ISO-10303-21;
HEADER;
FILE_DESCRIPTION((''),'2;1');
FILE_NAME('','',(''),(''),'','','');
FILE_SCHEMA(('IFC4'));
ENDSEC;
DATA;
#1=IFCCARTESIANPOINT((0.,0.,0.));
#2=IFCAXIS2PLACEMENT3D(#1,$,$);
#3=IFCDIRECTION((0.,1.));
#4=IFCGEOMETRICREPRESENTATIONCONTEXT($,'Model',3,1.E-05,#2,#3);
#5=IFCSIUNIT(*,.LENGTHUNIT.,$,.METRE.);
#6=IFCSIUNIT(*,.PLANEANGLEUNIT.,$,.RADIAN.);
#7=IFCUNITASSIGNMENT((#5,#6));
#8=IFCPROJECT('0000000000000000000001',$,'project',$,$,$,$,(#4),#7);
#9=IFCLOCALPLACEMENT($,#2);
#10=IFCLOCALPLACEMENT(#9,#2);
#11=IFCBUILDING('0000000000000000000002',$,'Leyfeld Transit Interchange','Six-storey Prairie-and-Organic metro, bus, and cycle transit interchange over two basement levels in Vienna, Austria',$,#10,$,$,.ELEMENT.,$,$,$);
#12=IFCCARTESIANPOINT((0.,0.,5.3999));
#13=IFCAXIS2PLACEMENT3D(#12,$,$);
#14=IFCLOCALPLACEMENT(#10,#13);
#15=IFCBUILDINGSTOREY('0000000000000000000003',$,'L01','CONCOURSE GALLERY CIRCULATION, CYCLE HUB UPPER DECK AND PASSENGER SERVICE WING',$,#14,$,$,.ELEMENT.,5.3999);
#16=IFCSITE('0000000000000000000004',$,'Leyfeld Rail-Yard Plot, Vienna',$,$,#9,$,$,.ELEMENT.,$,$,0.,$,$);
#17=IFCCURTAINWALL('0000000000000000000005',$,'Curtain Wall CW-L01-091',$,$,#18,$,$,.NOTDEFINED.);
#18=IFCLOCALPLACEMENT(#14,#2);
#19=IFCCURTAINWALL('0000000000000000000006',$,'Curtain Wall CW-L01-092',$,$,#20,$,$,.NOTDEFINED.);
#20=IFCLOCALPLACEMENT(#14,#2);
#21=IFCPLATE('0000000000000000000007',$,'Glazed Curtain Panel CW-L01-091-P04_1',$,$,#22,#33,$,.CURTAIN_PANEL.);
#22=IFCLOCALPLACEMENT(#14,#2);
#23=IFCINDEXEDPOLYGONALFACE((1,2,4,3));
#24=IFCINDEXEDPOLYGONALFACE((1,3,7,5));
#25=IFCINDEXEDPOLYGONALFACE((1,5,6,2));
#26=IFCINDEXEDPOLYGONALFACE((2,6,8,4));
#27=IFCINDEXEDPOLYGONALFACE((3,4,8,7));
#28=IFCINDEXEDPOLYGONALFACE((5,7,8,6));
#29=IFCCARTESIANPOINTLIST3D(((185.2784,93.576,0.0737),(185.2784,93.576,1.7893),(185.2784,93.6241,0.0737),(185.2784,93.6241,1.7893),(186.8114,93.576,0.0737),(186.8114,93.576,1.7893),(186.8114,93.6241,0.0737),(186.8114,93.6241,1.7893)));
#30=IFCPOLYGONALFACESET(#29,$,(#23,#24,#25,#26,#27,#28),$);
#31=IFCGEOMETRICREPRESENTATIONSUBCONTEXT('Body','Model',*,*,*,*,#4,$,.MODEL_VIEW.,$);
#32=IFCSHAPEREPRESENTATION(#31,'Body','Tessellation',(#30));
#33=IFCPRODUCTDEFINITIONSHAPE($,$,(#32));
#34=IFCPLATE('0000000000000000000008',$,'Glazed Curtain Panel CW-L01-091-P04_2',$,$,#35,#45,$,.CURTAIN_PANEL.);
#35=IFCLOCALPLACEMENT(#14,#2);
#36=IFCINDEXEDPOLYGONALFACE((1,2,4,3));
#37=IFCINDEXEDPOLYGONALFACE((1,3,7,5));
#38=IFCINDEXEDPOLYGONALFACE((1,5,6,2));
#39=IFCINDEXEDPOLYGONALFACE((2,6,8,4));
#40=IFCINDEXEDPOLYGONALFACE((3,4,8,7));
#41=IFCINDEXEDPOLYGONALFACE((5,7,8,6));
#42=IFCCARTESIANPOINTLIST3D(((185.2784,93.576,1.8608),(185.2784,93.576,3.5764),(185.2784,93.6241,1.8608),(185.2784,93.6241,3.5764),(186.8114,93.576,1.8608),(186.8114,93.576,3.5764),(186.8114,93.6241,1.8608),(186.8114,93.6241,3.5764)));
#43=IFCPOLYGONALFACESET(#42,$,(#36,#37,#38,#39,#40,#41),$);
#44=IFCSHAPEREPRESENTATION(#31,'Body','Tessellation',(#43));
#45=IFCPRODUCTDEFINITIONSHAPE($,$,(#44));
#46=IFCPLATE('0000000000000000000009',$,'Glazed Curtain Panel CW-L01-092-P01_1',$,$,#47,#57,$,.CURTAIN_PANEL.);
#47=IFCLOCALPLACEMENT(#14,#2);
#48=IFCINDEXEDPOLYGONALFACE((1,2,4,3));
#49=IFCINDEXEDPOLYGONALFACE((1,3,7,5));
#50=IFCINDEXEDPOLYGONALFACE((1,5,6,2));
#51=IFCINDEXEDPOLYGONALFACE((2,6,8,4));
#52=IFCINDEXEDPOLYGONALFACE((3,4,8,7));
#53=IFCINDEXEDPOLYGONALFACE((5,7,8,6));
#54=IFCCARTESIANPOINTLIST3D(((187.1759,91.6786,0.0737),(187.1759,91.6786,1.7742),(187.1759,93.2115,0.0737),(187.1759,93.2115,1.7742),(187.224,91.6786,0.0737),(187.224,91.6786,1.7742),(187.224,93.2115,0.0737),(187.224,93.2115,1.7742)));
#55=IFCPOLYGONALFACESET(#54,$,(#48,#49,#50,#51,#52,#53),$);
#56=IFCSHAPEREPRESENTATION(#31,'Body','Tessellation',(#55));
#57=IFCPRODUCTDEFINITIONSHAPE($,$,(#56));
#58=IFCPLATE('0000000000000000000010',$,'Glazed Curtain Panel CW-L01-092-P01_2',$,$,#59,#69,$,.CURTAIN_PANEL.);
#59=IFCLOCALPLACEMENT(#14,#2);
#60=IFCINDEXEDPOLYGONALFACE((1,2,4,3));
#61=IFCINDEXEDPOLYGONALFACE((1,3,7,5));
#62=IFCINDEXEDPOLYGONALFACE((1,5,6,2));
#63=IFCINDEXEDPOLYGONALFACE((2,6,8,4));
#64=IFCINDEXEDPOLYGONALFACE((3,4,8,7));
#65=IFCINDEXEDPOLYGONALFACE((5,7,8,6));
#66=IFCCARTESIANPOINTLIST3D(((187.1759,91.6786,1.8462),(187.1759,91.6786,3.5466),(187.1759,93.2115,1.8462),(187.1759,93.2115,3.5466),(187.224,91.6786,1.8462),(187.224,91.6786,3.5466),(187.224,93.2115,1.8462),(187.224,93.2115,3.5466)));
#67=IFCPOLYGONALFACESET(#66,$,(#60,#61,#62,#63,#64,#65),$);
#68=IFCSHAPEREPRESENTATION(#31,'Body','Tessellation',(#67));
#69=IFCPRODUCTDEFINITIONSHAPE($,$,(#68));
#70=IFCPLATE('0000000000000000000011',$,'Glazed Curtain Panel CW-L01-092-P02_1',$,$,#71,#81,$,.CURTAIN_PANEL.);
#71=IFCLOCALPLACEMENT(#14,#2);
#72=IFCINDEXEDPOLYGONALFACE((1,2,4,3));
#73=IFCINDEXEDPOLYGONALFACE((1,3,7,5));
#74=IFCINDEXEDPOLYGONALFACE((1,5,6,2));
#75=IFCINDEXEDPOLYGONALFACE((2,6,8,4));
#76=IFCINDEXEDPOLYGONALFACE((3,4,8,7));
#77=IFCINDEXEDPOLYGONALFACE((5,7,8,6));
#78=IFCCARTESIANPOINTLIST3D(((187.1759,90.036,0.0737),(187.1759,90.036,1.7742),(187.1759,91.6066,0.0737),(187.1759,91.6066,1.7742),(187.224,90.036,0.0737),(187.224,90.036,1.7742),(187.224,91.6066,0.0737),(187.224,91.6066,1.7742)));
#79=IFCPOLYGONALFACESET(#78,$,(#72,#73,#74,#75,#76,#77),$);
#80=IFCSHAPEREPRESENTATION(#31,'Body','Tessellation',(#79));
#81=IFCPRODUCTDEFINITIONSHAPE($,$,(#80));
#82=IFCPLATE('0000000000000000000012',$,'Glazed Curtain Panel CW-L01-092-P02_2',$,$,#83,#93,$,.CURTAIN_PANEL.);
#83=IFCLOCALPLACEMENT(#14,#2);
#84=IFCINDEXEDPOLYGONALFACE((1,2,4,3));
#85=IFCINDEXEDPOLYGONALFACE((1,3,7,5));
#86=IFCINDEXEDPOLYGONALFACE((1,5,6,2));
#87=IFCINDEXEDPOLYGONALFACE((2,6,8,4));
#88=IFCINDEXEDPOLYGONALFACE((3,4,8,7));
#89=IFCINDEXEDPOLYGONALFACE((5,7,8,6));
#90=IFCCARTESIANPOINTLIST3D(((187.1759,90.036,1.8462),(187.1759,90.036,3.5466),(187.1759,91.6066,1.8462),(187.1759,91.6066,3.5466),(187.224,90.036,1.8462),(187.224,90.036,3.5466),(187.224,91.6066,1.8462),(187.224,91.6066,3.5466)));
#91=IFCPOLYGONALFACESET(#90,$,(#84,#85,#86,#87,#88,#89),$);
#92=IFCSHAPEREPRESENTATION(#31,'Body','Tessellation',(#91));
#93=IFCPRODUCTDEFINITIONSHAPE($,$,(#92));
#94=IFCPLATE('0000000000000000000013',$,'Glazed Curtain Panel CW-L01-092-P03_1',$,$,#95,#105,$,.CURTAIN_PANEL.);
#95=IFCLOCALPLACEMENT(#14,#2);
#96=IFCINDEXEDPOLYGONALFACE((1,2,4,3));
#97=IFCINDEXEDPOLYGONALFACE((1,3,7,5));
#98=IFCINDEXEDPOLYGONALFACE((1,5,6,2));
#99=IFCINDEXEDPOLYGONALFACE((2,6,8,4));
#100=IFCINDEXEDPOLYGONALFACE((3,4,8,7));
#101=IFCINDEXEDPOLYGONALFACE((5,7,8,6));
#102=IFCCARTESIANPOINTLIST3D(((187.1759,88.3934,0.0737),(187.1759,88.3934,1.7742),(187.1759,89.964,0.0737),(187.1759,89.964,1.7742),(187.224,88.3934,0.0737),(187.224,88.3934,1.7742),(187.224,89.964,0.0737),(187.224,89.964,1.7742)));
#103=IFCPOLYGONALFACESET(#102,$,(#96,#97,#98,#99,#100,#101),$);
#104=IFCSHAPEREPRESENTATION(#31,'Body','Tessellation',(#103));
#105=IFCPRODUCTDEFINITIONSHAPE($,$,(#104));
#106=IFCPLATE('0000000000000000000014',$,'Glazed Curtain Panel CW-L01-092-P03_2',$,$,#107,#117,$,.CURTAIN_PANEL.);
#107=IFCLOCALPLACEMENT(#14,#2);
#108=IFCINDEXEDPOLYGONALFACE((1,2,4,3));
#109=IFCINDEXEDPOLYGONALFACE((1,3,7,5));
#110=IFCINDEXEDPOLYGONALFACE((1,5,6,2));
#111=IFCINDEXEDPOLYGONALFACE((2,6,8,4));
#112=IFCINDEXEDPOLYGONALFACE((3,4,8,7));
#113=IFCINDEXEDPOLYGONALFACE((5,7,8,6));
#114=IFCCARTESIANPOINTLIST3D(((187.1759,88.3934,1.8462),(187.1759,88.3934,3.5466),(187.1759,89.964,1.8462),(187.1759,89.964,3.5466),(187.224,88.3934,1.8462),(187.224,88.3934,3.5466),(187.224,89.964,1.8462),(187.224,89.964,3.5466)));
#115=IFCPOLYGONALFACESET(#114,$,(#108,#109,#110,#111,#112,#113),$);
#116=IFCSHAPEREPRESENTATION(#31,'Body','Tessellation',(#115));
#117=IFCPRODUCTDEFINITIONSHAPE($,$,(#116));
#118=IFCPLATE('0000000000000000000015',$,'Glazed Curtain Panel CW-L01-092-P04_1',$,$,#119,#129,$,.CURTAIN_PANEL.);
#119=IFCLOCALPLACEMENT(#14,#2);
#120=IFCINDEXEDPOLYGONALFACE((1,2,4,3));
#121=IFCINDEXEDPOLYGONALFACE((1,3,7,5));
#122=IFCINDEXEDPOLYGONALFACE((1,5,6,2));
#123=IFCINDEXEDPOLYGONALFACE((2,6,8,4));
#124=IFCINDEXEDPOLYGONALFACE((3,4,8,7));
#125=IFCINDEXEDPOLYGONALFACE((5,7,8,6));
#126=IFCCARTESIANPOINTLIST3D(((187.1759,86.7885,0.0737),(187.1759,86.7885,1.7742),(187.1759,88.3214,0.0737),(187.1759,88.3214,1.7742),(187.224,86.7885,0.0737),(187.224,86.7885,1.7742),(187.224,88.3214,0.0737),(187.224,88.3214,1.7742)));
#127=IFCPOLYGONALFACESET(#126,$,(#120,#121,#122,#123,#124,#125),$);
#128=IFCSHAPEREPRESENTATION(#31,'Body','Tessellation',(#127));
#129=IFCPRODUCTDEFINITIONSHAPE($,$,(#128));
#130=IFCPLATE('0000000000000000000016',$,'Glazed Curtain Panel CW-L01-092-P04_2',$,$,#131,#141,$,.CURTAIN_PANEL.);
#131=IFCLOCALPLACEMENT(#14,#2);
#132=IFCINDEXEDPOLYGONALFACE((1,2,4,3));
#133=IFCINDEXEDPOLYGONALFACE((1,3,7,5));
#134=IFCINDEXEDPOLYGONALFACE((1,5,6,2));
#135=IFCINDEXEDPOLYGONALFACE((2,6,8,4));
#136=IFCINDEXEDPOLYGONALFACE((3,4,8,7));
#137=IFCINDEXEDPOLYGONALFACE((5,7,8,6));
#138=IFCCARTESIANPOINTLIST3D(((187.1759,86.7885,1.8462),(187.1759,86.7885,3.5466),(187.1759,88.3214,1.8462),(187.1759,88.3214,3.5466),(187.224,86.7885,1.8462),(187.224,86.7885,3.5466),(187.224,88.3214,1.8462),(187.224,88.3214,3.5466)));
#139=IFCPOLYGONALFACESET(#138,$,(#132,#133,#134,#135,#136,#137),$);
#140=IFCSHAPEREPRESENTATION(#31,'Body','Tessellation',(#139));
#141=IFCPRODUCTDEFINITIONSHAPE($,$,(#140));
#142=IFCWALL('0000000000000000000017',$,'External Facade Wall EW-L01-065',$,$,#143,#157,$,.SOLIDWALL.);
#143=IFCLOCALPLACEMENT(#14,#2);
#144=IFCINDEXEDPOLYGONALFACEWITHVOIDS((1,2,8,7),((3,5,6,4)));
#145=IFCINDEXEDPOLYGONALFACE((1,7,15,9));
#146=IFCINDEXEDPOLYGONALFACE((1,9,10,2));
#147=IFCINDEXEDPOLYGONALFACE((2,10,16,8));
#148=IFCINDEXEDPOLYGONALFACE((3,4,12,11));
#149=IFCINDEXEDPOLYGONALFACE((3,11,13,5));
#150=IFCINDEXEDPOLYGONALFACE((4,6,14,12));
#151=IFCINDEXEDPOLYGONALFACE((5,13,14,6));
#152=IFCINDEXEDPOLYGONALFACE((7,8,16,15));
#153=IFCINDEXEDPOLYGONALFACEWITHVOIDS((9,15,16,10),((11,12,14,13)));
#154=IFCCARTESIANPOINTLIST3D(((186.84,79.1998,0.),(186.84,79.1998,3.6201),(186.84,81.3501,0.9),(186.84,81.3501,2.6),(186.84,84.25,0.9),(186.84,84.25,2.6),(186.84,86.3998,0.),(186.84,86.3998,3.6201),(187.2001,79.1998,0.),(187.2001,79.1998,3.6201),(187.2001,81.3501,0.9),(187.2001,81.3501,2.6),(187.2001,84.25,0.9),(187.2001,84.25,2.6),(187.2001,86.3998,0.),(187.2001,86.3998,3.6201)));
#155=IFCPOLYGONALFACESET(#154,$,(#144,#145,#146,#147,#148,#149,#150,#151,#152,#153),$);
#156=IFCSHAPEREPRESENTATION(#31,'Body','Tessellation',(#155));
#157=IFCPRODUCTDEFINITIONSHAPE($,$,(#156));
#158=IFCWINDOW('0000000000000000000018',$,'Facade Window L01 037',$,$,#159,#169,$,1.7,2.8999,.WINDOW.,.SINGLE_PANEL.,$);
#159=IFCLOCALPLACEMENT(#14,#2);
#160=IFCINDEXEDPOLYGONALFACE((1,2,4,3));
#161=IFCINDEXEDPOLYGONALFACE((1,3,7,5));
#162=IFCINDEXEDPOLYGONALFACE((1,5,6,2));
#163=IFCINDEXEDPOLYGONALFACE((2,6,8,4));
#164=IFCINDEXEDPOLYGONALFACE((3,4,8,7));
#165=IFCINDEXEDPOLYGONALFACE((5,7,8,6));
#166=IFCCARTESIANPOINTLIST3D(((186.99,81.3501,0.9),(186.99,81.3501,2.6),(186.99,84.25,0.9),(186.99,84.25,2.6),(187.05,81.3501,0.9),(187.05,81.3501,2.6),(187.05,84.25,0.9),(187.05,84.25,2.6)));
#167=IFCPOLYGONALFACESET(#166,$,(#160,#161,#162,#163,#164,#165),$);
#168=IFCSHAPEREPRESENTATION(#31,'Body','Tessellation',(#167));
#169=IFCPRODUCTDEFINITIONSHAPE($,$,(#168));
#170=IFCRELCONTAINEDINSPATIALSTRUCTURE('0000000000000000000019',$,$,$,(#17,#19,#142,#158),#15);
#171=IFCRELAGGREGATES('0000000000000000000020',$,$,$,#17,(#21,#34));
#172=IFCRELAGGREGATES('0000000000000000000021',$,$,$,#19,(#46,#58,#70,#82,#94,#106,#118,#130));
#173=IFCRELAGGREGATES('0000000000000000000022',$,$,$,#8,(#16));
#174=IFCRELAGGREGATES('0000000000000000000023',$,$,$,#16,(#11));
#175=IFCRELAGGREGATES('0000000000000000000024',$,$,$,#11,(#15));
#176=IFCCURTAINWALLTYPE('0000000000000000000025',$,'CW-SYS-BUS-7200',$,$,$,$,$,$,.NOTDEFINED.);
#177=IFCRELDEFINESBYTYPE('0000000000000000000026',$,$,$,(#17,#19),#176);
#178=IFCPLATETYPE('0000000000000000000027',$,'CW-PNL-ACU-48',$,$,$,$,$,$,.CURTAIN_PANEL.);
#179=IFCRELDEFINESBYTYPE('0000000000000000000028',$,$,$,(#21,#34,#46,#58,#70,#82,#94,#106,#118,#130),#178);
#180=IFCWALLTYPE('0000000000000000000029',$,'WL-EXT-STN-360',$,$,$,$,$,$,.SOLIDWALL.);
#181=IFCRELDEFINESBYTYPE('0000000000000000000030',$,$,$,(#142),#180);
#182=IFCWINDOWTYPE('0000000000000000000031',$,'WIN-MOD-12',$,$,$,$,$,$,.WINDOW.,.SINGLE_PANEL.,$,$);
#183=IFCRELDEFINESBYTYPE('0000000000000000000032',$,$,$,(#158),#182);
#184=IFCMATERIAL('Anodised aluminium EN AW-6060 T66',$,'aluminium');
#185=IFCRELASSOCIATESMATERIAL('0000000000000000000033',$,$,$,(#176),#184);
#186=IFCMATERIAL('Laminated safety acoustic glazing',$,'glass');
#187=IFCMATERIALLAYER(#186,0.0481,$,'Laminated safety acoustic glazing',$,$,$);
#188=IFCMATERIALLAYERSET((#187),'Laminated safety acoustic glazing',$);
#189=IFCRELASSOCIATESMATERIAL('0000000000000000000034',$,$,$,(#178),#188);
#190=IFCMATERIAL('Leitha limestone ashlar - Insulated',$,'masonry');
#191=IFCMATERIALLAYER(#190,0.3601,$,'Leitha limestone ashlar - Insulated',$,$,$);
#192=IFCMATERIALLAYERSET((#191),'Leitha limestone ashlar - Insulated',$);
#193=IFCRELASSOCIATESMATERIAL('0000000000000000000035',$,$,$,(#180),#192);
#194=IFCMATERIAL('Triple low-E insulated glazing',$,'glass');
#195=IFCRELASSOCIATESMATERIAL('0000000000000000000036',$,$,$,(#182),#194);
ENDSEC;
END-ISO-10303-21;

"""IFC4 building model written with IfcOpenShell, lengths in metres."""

from ifc_helpers import new_model, si_unit, direction, frame, frame_2d, origin, origin_2d, place, context, subcontext, project, spatial, rectangle, extrude, material, layer, layer_set, type_object, element, fill, aggregate, save


model = new_model("IFC4")

# Units and contexts
model_context = context("Model", 3, precision=1e-05, world=origin(), true_north=direction((0.0, 1.0)))
body_context = subcontext(model_context, "Body", "Model", "MODEL_VIEW")
ifc_project = project(units=[si_unit("LENGTHUNIT", "METRE"), si_unit("PLANEANGLEUNIT", "RADIAN")], contexts=[model_context])

# Site, building, storey
site_placement = place(None, origin())
site = spatial("IfcSite", under=ifc_project, at=site_placement, Name="Leyfeld Rail-Yard Plot, Vienna", CompositionType="ELEMENT", RefElevation=0.0)
building_placement = place(site_placement, origin())
building = spatial("IfcBuilding", under=site, at=building_placement, Name="Leyfeld Transit Interchange", Description="Six-storey Prairie-and-Organic metro, bus, and cycle transit interchange over two basement levels in Vienna, Austria", CompositionType="ELEMENT")
storey_placement = place(building_placement, frame((0.0, 0.0, 5.3999)))
storey = spatial("IfcBuildingStorey", under=building, at=storey_placement, Name="L01", Description="CONCOURSE GALLERY CIRCULATION, CYCLE HUB UPPER DECK AND PASSENGER SERVICE WING", CompositionType="ELEMENT", Elevation=5.3999)

# Curtain wall
ifc_material_1 = material(Name="Anodised aluminium EN AW-6060 T66", Category="aluminium")
curtain_wall_type = type_object("IfcCurtainWallType", Name="CW-SYS-BUS-7200", PredefinedType="NOTDEFINED", material=ifc_material_1)
curtain_wall_1_placement = place(storey_placement, origin())
curtain_wall_1 = element("IfcCurtainWall", 1, at=curtain_wall_1_placement, inside=storey, type_object=curtain_wall_type, Name="Curtain Wall CW-L01-091", PredefinedType="NOTDEFINED")

# Curtain wall
curtain_wall_2_placement = place(storey_placement, origin())
curtain_wall_2 = element("IfcCurtainWall", 2, at=curtain_wall_2_placement, inside=storey, type_object=curtain_wall_type, Name="Curtain Wall CW-L01-092", PredefinedType="NOTDEFINED")

# Plates
ifc_material_2 = material(Name="Laminated safety acoustic glazing", Category="glass")
ifc_layer_1 = layer(ifc_material_2, 0.0481, Name="Laminated safety acoustic glazing")
ifc_layer_set_1 = layer_set([ifc_layer_1], Name="Laminated safety acoustic glazing")
plate_type = type_object("IfcPlateType", Name="CW-PNL-ACU-48", PredefinedType="CURTAIN_PANEL", material=ifc_layer_set_1)
plate_1_placement = place(storey_placement, frame((186.0449, 93.6001, 0.0737), z_axis=(0.0, 0.0, 1.0), x_axis=(1.0, 0.0, 0.0)))
plate_1 = element("IfcPlate", 3, at=plate_1_placement, type_object=plate_type, Name="Glazed Curtain Panel CW-L01-091-P04_1", PredefinedType="CURTAIN_PANEL", context=body_context, shape_type="SweptSolid", body=[
    extrude(rectangle(XDim=1.533, YDim=0.0481, at=origin_2d()), origin(), (0.0, 0.0, 1.0), 1.7156),
])
plate_2_placement = place(storey_placement, frame((186.0449, 93.6001, 1.8608), z_axis=(0.0, 0.0, 1.0), x_axis=(1.0, 0.0, 0.0)))
plate_2 = element("IfcPlate", 4, at=plate_2_placement, type_object=plate_type, Name="Glazed Curtain Panel CW-L01-091-P04_2", PredefinedType="CURTAIN_PANEL", context=body_context, shape_type="SweptSolid", body=[
    extrude(rectangle(XDim=1.533, YDim=0.0481, at=origin_2d()), origin(), (0.0, 0.0, 1.0), 1.7156),
])
aggregate(curtain_wall_1, [plate_1, plate_2])
plate_3_placement = place(storey_placement, frame((187.2, 92.4451, 0.0737), z_axis=(0.0, 0.0, 1.0), x_axis=(0.0, -1.0, 0.0)))
plate_3 = element("IfcPlate", 5, at=plate_3_placement, type_object=plate_type, Name="Glazed Curtain Panel CW-L01-092-P01_1", PredefinedType="CURTAIN_PANEL", context=body_context, shape_type="SweptSolid", body=[
    extrude(rectangle(XDim=1.533, YDim=0.0481, at=origin_2d()), origin(), (0.0, 0.0, 1.0), 1.7004),
])
plate_4_placement = place(storey_placement, frame((187.2, 92.4451, 1.8462), z_axis=(0.0, 0.0, 1.0), x_axis=(0.0, -1.0, 0.0)))
plate_4 = element("IfcPlate", 6, at=plate_4_placement, type_object=plate_type, Name="Glazed Curtain Panel CW-L01-092-P01_2", PredefinedType="CURTAIN_PANEL", context=body_context, shape_type="SweptSolid", body=[
    extrude(rectangle(XDim=1.533, YDim=0.0481, at=origin_2d()), origin(), (0.0, 0.0, 1.0), 1.7004),
])
plate_5_placement = place(storey_placement, frame((187.2, 90.8213, 0.0737), z_axis=(0.0, 0.0, 1.0), x_axis=(0.0, -1.0, 0.0)))
plate_5 = element("IfcPlate", 7, at=plate_5_placement, type_object=plate_type, Name="Glazed Curtain Panel CW-L01-092-P02_1", PredefinedType="CURTAIN_PANEL", context=body_context, shape_type="SweptSolid", body=[
    extrude(rectangle(XDim=1.5706, YDim=0.0481, at=origin_2d()), origin(), (0.0, 0.0, 1.0), 1.7004),
])
plate_6_placement = place(storey_placement, frame((187.2, 90.8213, 1.8462), z_axis=(0.0, 0.0, 1.0), x_axis=(0.0, -1.0, 0.0)))
plate_6 = element("IfcPlate", 8, at=plate_6_placement, type_object=plate_type, Name="Glazed Curtain Panel CW-L01-092-P02_2", PredefinedType="CURTAIN_PANEL", context=body_context, shape_type="SweptSolid", body=[
    extrude(rectangle(XDim=1.5706, YDim=0.0481, at=origin_2d()), origin(), (0.0, 0.0, 1.0), 1.7004),
])
plate_7_placement = place(storey_placement, frame((187.2, 89.1787, 0.0737), z_axis=(0.0, 0.0, 1.0), x_axis=(0.0, -1.0, 0.0)))
plate_7 = element("IfcPlate", 9, at=plate_7_placement, type_object=plate_type, Name="Glazed Curtain Panel CW-L01-092-P03_1", PredefinedType="CURTAIN_PANEL", context=body_context, shape_type="SweptSolid", body=[
    extrude(rectangle(XDim=1.5706, YDim=0.0481, at=origin_2d()), origin(), (0.0, 0.0, 1.0), 1.7004),
])
plate_8_placement = place(storey_placement, frame((187.2, 89.1787, 1.8462), z_axis=(0.0, 0.0, 1.0), x_axis=(0.0, -1.0, 0.0)))
plate_8 = element("IfcPlate", 10, at=plate_8_placement, type_object=plate_type, Name="Glazed Curtain Panel CW-L01-092-P03_2", PredefinedType="CURTAIN_PANEL", context=body_context, shape_type="SweptSolid", body=[
    extrude(rectangle(XDim=1.5706, YDim=0.0481, at=origin_2d()), origin(), (0.0, 0.0, 1.0), 1.7004),
])
plate_9_placement = place(storey_placement, frame((187.2, 87.5549, 0.0737), z_axis=(0.0, 0.0, 1.0), x_axis=(0.0, -1.0, 0.0)))
plate_9 = element("IfcPlate", 11, at=plate_9_placement, type_object=plate_type, Name="Glazed Curtain Panel CW-L01-092-P04_1", PredefinedType="CURTAIN_PANEL", context=body_context, shape_type="SweptSolid", body=[
    extrude(rectangle(XDim=1.533, YDim=0.0481, at=origin_2d()), origin(), (0.0, 0.0, 1.0), 1.7004),
])
plate_10_placement = place(storey_placement, frame((187.2, 87.5549, 1.8462), z_axis=(0.0, 0.0, 1.0), x_axis=(0.0, -1.0, 0.0)))
plate_10 = element("IfcPlate", 12, at=plate_10_placement, type_object=plate_type, Name="Glazed Curtain Panel CW-L01-092-P04_2", PredefinedType="CURTAIN_PANEL", context=body_context, shape_type="SweptSolid", body=[
    extrude(rectangle(XDim=1.533, YDim=0.0481, at=origin_2d()), origin(), (0.0, 0.0, 1.0), 1.7004),
])
aggregate(curtain_wall_2, [plate_3, plate_4, plate_5, plate_6, plate_7, plate_8, plate_9, plate_10])

# Wall, opening, window
ifc_material_3 = material(Name="Leitha limestone ashlar - Insulated", Category="masonry")
ifc_layer_2 = layer(ifc_material_3, 0.3601, Name="Leitha limestone ashlar - Insulated")
ifc_layer_set_2 = layer_set([ifc_layer_2], Name="Leitha limestone ashlar - Insulated")
wall_type = type_object("IfcWallType", Name="WL-EXT-STN-360", PredefinedType="SOLIDWALL", material=ifc_layer_set_2)
wall_placement = place(storey_placement, frame((187.02, 86.3999, 0.0), z_axis=(0.0, 0.0, 1.0), x_axis=(0.0, -1.0, 0.0)))
wall = element("IfcWall", 13, at=wall_placement, inside=storey, type_object=wall_type, Name="External Facade Wall EW-L01-065", PredefinedType="SOLIDWALL", context=body_context, shape_type="SweptSolid", body=[
    extrude(rectangle(XDim=7.2, YDim=0.3601, at=frame_2d((3.6001, 0.0))), origin(), (0.0, 0.0, 1.0), 3.6201),
])
opening_placement = place(wall_placement, frame((2.1499, 0.0, 0.8999)))
opening = element("IfcOpeningElement", 14, at=opening_placement, cuts=wall, PredefinedType="OPENING", context=body_context, shape_type="SweptSolid", body=[
    extrude(rectangle(XDim=2.8999, YDim=1.7, at=frame_2d((1.45, 0.8501))), frame((0.0, 0.1899, 0.0), z_axis=(0.0, -1.0, 0.0), x_axis=(1.0, 0.0, 0.0)), (0.0, 0.0, 1.0), 0.3801),
])
ifc_material_4 = material(Name="Triple low-E insulated glazing", Category="glass")
window_type = type_object("IfcWindowType", Name="WIN-MOD-12", PartitioningType="SINGLE_PANEL", PredefinedType="WINDOW", material=ifc_material_4)
window_placement = place(opening_placement, origin())
window = element("IfcWindow", 15, at=window_placement, inside=storey, type_object=window_type, Name="Facade Window L01 037", OverallHeight=1.7, OverallWidth=2.8999, PartitioningType="SINGLE_PANEL", PredefinedType="WINDOW", context=body_context, shape_type="SweptSolid", body=[
    extrude(rectangle(XDim=2.8999, YDim=1.7, at=frame_2d((1.45, 0.8501))), frame((0.0, 0.03, 0.0), z_axis=(0.0, -1.0, 0.0), x_axis=(1.0, 0.0, 0.0)), (0.0, 0.0, 1.0), 0.0601),
])
fill(opening, window)

save(model, "model.ifc")
